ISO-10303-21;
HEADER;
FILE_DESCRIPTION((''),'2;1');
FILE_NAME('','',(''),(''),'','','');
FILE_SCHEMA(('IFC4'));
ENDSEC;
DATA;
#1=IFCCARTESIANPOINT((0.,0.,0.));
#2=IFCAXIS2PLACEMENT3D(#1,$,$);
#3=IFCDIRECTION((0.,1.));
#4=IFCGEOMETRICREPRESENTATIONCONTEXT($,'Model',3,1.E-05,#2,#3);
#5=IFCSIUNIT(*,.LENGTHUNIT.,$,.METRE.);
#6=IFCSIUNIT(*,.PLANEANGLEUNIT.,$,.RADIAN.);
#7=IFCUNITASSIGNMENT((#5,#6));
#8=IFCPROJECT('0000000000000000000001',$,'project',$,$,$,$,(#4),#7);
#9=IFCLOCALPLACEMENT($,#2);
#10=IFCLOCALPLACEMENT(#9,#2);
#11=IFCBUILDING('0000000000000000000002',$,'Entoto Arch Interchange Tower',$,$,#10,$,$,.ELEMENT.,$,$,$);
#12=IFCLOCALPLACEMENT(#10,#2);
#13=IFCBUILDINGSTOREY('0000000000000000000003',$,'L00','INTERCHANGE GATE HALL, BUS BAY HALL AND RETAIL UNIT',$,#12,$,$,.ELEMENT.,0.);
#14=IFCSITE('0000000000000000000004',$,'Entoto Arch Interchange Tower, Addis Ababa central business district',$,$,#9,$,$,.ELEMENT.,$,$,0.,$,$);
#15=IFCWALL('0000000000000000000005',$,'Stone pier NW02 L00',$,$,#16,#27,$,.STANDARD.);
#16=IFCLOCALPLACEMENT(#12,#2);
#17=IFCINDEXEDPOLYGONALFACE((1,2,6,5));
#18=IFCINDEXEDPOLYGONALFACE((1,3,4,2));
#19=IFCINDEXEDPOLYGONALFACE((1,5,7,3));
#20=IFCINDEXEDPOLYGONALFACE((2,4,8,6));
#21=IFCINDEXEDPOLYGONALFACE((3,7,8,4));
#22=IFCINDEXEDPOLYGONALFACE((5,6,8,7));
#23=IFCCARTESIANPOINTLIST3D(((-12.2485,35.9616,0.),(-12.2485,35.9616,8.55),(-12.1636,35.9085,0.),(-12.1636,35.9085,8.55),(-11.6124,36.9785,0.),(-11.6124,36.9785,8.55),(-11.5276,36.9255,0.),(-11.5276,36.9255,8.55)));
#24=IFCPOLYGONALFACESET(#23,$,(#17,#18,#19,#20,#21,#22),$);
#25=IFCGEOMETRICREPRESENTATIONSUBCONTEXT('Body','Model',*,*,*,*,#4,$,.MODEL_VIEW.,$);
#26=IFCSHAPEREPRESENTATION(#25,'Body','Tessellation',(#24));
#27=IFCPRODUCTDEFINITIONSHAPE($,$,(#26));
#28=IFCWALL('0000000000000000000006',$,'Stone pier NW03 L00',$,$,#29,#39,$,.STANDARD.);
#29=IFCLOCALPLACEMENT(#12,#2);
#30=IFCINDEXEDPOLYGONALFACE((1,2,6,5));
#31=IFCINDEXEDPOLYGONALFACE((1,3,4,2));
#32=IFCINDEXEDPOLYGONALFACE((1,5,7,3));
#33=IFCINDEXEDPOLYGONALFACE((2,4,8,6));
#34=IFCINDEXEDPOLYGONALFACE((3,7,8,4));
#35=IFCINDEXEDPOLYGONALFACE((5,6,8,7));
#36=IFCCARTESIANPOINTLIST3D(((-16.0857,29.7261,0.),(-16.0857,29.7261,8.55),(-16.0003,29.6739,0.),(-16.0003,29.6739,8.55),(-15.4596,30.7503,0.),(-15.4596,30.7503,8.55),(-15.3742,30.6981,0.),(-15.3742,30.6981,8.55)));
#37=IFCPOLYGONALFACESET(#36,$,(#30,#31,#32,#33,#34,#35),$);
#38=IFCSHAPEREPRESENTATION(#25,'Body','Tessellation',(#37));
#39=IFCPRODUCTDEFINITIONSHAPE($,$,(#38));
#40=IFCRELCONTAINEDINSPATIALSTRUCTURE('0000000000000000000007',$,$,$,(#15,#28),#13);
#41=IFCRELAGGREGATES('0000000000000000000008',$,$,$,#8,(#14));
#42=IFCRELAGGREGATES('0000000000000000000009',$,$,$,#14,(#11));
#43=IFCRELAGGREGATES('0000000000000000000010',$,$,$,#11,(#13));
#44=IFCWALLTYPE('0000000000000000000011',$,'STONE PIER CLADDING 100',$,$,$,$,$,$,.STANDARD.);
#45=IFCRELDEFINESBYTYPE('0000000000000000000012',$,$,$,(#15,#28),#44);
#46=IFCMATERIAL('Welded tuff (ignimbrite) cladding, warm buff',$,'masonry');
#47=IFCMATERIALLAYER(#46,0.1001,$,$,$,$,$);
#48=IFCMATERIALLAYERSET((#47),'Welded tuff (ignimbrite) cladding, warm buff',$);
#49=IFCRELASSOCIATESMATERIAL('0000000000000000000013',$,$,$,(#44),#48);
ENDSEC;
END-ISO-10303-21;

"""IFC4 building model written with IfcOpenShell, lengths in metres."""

from ifc_helpers import new_model, si_unit, direction, frame, frame_2d, origin, place, context, subcontext, project, spatial, rectangle, extrude, material, layer, layer_set, type_object, element, save


model = new_model("IFC4")

# Units and contexts
model_context = context("Model", 3, precision=1e-05, world=origin(), true_north=direction((0.0, 1.0)))
body_context = subcontext(model_context, "Body", "Model", "MODEL_VIEW")
ifc_project = project(units=[si_unit("LENGTHUNIT", "METRE"), si_unit("PLANEANGLEUNIT", "RADIAN")], contexts=[model_context])

# Site, building, storey
site_placement = place(None, origin())
site = spatial("IfcSite", under=ifc_project, at=site_placement, Name="Entoto Arch Interchange Tower, Addis Ababa central business district", CompositionType="ELEMENT", RefElevation=0.0)
building_placement = place(site_placement, origin())
building = spatial("IfcBuilding", under=site, at=building_placement, Name="Entoto Arch Interchange Tower", CompositionType="ELEMENT")
storey_placement = place(building_placement, origin())
storey = spatial("IfcBuildingStorey", under=building, at=storey_placement, Name="L00", Description="INTERCHANGE GATE HALL, BUS BAY HALL AND RETAIL UNIT", CompositionType="ELEMENT", Elevation=0.0)

# Shared definitions
ifc_material_1 = material(Name="Welded tuff (ignimbrite) cladding, warm buff", Category="masonry")

# Walls
ifc_layer_1 = layer(ifc_material_1, 0.1001)
ifc_layer_set_1 = layer_set([ifc_layer_1], Name="Welded tuff (ignimbrite) cladding, warm buff")
wall_type_1 = type_object("IfcWallType", Name="STONE PIER CLADDING 100", PredefinedType="STANDARD", material=ifc_layer_set_1)
wall_1_placement = place(storey_placement, frame((-11.5701, 36.9519, 0.0), z_axis=(0.0, 0.0, 1.0), x_axis=(-0.530273, -0.847827, 0.0)))
element("IfcWall", 1, at=wall_1_placement, inside=storey, type_object=wall_type_1, Name="Stone pier NW02 L00", PredefinedType="STANDARD", context=body_context, shape_type="SweptSolid", body=[
    extrude(rectangle(XDim=1.1995, YDim=0.1001, at=frame_2d((0.5996, 0.0))), origin(), (0.0, 0.0, 1.0), 8.55),
])
wall_2_placement = place(storey_placement, frame((-15.417, 30.7241, 0.0), z_axis=(0.0, 0.0, 1.0), x_axis=(-0.521508, -0.853247, 0.0)))
element("IfcWall", 2, at=wall_2_placement, inside=storey, type_object=wall_type_1, Name="Stone pier NW03 L00", PredefinedType="STANDARD", context=body_context, shape_type="SweptSolid", body=[
    extrude(rectangle(XDim=1.2004, YDim=0.1001, at=frame_2d((0.6001, 0.0))), origin(), (0.0, 0.0, 1.0), 8.55),
])

save(model, "model.ifc")
